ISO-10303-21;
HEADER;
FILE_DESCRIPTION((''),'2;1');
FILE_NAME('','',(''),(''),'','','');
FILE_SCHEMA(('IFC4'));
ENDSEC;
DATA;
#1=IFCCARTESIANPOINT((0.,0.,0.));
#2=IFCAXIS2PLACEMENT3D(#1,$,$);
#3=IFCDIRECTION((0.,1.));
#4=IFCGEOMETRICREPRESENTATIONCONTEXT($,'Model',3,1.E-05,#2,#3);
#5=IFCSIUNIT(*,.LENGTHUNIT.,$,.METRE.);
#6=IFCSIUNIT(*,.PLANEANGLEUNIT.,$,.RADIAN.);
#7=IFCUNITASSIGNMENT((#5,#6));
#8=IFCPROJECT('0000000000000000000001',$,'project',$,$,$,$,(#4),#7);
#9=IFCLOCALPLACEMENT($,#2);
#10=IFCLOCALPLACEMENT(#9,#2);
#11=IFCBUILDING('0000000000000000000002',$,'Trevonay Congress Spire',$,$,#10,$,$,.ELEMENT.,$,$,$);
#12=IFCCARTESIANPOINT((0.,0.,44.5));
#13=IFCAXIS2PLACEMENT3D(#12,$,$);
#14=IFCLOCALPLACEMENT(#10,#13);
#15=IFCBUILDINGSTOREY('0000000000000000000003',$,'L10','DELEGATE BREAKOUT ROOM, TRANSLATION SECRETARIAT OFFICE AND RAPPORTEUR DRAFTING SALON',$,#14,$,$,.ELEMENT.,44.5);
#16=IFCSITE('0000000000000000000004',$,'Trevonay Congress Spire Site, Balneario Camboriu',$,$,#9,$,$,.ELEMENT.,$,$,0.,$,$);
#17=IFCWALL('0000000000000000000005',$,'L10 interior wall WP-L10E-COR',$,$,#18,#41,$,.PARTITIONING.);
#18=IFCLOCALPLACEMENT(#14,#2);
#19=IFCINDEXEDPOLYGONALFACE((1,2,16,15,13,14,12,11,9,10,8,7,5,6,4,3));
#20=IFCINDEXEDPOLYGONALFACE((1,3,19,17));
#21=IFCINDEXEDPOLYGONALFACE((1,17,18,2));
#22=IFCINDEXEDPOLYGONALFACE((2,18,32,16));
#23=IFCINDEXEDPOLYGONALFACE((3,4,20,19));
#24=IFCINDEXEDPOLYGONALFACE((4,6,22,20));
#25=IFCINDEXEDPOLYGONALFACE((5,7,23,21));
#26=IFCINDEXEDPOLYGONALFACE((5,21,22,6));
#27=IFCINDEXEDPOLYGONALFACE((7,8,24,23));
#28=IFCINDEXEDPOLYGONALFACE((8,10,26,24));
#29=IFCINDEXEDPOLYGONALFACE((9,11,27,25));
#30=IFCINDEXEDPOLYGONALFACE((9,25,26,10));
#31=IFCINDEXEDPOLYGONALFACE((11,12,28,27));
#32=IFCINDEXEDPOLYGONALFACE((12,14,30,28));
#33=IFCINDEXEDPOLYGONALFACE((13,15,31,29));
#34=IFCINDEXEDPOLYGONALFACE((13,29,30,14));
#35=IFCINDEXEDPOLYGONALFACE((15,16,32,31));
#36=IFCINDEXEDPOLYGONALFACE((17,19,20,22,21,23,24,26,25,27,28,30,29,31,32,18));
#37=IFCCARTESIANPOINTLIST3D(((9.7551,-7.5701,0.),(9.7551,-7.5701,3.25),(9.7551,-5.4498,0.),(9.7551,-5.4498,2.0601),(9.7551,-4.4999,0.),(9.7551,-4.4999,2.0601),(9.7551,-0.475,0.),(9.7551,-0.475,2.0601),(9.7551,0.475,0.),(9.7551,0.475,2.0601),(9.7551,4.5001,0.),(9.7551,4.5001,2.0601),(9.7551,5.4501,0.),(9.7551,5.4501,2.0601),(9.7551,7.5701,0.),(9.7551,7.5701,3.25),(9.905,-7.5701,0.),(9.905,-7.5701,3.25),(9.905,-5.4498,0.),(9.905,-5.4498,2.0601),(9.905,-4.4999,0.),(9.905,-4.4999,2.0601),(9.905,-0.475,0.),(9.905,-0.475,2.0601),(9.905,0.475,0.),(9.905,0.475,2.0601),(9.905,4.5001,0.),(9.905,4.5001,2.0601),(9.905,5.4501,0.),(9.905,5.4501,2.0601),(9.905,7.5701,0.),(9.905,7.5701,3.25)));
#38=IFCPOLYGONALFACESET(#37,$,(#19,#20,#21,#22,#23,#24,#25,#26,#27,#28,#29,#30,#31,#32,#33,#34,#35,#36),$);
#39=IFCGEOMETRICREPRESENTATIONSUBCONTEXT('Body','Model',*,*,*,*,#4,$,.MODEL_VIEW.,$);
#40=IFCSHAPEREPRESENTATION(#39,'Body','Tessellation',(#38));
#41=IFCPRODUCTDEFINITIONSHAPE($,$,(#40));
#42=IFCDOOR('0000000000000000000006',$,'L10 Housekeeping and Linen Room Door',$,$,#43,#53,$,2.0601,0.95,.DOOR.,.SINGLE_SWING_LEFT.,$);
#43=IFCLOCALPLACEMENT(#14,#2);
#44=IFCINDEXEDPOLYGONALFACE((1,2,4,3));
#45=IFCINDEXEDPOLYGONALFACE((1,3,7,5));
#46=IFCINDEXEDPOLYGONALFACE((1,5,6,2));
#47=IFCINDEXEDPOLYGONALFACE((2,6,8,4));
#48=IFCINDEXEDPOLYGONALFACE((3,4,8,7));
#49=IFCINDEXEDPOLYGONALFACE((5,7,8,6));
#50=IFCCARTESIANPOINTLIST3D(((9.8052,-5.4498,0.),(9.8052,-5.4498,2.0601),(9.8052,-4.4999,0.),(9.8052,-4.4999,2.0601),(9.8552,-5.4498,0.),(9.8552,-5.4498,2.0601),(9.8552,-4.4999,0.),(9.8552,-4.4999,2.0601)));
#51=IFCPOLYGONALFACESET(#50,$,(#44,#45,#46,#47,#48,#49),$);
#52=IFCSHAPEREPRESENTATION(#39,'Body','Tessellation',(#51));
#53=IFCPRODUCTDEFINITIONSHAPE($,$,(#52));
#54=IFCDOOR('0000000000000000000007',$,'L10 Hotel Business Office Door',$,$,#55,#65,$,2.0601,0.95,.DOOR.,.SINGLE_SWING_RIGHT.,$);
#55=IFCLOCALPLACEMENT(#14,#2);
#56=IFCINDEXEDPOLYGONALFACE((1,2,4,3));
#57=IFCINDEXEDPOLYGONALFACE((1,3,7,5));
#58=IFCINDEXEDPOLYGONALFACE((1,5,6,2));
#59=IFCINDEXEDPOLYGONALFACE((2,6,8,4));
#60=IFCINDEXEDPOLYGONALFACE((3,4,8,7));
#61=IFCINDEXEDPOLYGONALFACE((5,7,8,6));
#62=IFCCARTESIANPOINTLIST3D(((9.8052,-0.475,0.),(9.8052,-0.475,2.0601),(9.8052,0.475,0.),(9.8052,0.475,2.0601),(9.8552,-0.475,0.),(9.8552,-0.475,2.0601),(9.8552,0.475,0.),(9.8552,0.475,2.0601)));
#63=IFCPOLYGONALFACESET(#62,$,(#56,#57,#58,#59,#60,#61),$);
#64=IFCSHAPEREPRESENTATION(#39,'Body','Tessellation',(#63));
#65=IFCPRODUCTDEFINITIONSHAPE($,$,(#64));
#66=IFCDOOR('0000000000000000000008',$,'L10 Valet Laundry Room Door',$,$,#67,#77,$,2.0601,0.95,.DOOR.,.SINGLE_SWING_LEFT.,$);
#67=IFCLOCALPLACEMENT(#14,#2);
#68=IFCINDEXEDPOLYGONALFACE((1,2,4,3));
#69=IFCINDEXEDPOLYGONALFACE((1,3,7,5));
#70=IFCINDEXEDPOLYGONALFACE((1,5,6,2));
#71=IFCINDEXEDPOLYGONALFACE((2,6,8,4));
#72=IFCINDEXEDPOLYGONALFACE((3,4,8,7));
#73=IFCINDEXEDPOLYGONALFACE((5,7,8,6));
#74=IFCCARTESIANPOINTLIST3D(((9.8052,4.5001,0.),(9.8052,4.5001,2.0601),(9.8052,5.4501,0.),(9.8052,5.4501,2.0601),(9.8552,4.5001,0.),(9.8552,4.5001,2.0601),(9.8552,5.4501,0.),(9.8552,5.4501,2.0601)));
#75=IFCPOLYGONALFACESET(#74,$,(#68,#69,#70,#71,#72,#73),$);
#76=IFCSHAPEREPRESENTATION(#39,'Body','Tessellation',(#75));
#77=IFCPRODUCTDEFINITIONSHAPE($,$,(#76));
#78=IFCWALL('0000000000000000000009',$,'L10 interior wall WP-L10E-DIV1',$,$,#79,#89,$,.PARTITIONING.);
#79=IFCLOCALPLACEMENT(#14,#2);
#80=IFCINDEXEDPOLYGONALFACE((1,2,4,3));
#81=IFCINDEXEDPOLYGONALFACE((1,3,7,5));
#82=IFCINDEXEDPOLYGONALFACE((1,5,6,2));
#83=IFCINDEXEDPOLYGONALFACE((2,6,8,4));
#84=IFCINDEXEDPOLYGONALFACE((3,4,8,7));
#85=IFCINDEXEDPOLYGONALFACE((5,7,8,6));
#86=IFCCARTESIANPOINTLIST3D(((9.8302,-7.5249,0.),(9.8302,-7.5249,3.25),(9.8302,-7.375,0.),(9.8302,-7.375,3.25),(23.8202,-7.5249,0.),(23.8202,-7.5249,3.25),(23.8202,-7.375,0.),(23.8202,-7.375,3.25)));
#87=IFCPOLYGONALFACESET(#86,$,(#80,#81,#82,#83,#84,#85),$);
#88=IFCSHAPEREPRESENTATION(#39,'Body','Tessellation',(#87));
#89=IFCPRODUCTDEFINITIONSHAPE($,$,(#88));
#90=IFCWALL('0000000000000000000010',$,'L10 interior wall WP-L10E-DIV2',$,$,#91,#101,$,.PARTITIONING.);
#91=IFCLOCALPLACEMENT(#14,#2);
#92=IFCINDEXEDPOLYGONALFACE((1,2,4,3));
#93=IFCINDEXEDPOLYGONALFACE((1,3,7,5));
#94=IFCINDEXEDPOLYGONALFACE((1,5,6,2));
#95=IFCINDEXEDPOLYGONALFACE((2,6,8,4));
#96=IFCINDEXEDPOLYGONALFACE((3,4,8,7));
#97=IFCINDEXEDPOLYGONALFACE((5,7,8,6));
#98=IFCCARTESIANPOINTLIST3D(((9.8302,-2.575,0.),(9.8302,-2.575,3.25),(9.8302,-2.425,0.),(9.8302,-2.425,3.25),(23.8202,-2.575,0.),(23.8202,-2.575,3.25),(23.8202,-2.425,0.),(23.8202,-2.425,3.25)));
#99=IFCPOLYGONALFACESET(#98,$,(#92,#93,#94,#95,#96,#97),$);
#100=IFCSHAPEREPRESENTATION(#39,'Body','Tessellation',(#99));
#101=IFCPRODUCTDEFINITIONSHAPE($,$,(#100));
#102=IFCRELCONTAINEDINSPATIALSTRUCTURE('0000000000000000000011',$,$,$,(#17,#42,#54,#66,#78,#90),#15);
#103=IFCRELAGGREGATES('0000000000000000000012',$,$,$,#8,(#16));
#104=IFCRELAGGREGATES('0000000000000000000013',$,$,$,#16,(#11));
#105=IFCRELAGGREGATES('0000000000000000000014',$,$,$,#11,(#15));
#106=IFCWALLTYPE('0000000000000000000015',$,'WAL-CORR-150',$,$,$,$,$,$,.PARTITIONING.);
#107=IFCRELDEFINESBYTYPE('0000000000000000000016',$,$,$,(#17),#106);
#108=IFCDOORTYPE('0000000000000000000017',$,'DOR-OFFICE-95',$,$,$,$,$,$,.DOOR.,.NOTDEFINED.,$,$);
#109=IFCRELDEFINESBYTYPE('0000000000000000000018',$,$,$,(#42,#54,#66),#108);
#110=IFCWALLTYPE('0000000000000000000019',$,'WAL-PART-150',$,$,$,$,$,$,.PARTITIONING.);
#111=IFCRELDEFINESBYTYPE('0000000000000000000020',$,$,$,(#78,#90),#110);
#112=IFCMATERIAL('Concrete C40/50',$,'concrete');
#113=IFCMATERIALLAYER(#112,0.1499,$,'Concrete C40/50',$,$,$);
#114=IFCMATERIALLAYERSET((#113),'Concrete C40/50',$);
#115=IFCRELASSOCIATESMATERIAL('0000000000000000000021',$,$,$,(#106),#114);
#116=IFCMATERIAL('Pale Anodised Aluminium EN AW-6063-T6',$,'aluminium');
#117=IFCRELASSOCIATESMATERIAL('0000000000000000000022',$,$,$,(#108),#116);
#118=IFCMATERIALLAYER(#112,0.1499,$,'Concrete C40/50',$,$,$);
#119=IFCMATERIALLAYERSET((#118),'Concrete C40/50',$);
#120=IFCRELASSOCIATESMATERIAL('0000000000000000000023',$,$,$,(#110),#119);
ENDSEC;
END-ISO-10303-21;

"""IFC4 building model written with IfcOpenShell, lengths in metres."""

from ifc_helpers import new_model, si_unit, direction, frame, frame_2d, origin, place, context, subcontext, project, spatial, rectangle, extrude, material, layer, layer_set, type_object, element, fill, save


model = new_model("IFC4")

# Units and contexts
model_context = context("Model", 3, precision=1e-05, world=origin(), true_north=direction((0.0, 1.0)))
body_context = subcontext(model_context, "Body", "Model", "MODEL_VIEW")
ifc_project = project(units=[si_unit("LENGTHUNIT", "METRE"), si_unit("PLANEANGLEUNIT", "RADIAN")], contexts=[model_context])

# Site, building, storey
site_placement = place(None, origin())
site = spatial("IfcSite", under=ifc_project, at=site_placement, Name="Trevonay Congress Spire Site, Balneario Camboriu", CompositionType="ELEMENT", RefElevation=0.0)
building_placement = place(site_placement, origin())
building = spatial("IfcBuilding", under=site, at=building_placement, Name="Trevonay Congress Spire", CompositionType="ELEMENT")
storey_placement = place(building_placement, frame((0.0, 0.0, 44.5)))
storey = spatial("IfcBuildingStorey", under=building, at=storey_placement, Name="L10", Description="DELEGATE BREAKOUT ROOM, TRANSLATION SECRETARIAT OFFICE AND RAPPORTEUR DRAFTING SALON", CompositionType="ELEMENT", Elevation=44.5)

# Shared definitions
ifc_material_1 = material(Name="Pale Anodised Aluminium EN AW-6063-T6", Category="aluminium")

# Wall, openings, doors
ifc_material_2 = material(Name="Concrete C40/50", Category="concrete")
ifc_layer_1 = layer(ifc_material_2, 0.1499, Name="Concrete C40/50")
ifc_layer_set_1 = layer_set([ifc_layer_1], Name="Concrete C40/50")
wall_type_1 = type_object("IfcWallType", Name="WAL-CORR-150", PredefinedType="PARTITIONING", material=ifc_layer_set_1)
wall_placement = place(storey_placement, frame((9.8301, -7.5701, 0.0), z_axis=(0.0, 0.0, 1.0), x_axis=(0.0, 1.0, 0.0)))
wall = element("IfcWall", 1, at=wall_placement, inside=storey, type_object=wall_type_1, Name="L10 interior wall WP-L10E-COR", PredefinedType="PARTITIONING", context=body_context, shape_type="SweptSolid", body=[
    extrude(rectangle(XDim=15.1401, YDim=0.1499, at=frame_2d((7.5701, 0.0))), origin(), (0.0, 0.0, 1.0), 3.25),
])
opening_1_placement = place(wall_placement, frame((2.1201, 0.0, 0.0)))
opening_1 = element("IfcOpeningElement", 2, at=opening_1_placement, cuts=wall, PredefinedType="OPENING", context=body_context, shape_type="SweptSolid", body=[
    extrude(rectangle(XDim=0.95, YDim=2.0601, at=frame_2d((0.4751, 1.03))), frame((0.0, 0.085, 0.0), z_axis=(0.0, -1.0, 0.0), x_axis=(1.0, 0.0, 0.0)), (0.0, 0.0, 1.0), 0.1699),
])
opening_2_placement = place(wall_placement, frame((7.095, 0.0, 0.0)))
opening_2 = element("IfcOpeningElement", 3, at=opening_2_placement, cuts=wall, PredefinedType="OPENING", context=body_context, shape_type="SweptSolid", body=[
    extrude(rectangle(XDim=0.95, YDim=2.0601, at=frame_2d((0.4751, 1.03))), frame((0.0, 0.085, 0.0), z_axis=(0.0, -1.0, 0.0), x_axis=(1.0, 0.0, 0.0)), (0.0, 0.0, 1.0), 0.1699),
])
opening_3_placement = place(wall_placement, frame((12.0701, 0.0, 0.0)))
opening_3 = element("IfcOpeningElement", 4, at=opening_3_placement, cuts=wall, PredefinedType="OPENING", context=body_context, shape_type="SweptSolid", body=[
    extrude(rectangle(XDim=0.95, YDim=2.0601, at=frame_2d((0.4751, 1.03))), frame((0.0, 0.085, 0.0), z_axis=(0.0, -1.0, 0.0), x_axis=(1.0, 0.0, 0.0)), (0.0, 0.0, 1.0), 0.1699),
])
door_type = type_object("IfcDoorType", Name="DOR-OFFICE-95", OperationType="NOTDEFINED", PredefinedType="DOOR", material=ifc_material_1)
door_1_placement = place(opening_1_placement, origin())
door_1 = element("IfcDoor", 5, at=door_1_placement, inside=storey, type_object=door_type, Name="L10 Housekeeping and Linen Room Door", OperationType="SINGLE_SWING_LEFT", OverallHeight=2.0601, OverallWidth=0.95, PredefinedType="DOOR", context=body_context, shape_type="SweptSolid", body=[
    extrude(rectangle(XDim=0.95, YDim=2.0601, at=frame_2d((0.4751, 1.03))), frame((0.0, 0.0249, 0.0), z_axis=(0.0, -1.0, 0.0), x_axis=(1.0, 0.0, 0.0)), (0.0, 0.0, 1.0), 0.05),
])
fill(opening_1, door_1)
door_2_placement = place(opening_2_placement, origin())
door_2 = element("IfcDoor", 6, at=door_2_placement, inside=storey, type_object=door_type, Name="L10 Hotel Business Office Door", OperationType="SINGLE_SWING_RIGHT", OverallHeight=2.0601, OverallWidth=0.95, PredefinedType="DOOR", context=body_context, shape_type="SweptSolid", body=[
    extrude(rectangle(XDim=0.95, YDim=2.0601, at=frame_2d((0.4751, 1.03))), frame((0.0, 0.0249, 0.0), z_axis=(0.0, -1.0, 0.0), x_axis=(1.0, 0.0, 0.0)), (0.0, 0.0, 1.0), 0.05),
])
fill(opening_2, door_2)
door_3_placement = place(opening_3_placement, origin())
door_3 = element("IfcDoor", 7, at=door_3_placement, inside=storey, type_object=door_type, Name="L10 Valet Laundry Room Door", OperationType="SINGLE_SWING_LEFT", OverallHeight=2.0601, OverallWidth=0.95, PredefinedType="DOOR", context=body_context, shape_type="SweptSolid", body=[
    extrude(rectangle(XDim=0.95, YDim=2.0601, at=frame_2d((0.4751, 1.03))), frame((0.0, 0.0249, 0.0), z_axis=(0.0, -1.0, 0.0), x_axis=(1.0, 0.0, 0.0)), (0.0, 0.0, 1.0), 0.05),
])
fill(opening_3, door_3)

# Walls
ifc_layer_2 = layer(ifc_material_2, 0.1499, Name="Concrete C40/50")
ifc_layer_set_2 = layer_set([ifc_layer_2], Name="Concrete C40/50")
wall_type_2 = type_object("IfcWallType", Name="WAL-PART-150", PredefinedType="PARTITIONING", material=ifc_layer_set_2)
for number, where, z_axis, x_axis, name in (
    (8, (9.8301, -7.45, 0.0), (0.0, 0.0, 1.0), (1.0, 0.0, 0.0), "L10 interior wall WP-L10E-DIV1"),
    (9, (9.8301, -2.5, 0.0), (0.0, 0.0, 1.0), (1.0, 0.0, 0.0), "L10 interior wall WP-L10E-DIV2"),
):
    element("IfcWall", number, at=place(storey_placement, frame(where, z_axis=z_axis, x_axis=x_axis)), inside=storey, type_object=wall_type_2, Name=name, PredefinedType="PARTITIONING", context=body_context, shape_type="SweptSolid", body=[
        extrude(rectangle(XDim=13.99, YDim=0.1499, at=frame_2d((6.9951, 0.0))), origin(), (0.0, 0.0, 1.0), 3.25),
    ])

save(model, "model.ifc")
